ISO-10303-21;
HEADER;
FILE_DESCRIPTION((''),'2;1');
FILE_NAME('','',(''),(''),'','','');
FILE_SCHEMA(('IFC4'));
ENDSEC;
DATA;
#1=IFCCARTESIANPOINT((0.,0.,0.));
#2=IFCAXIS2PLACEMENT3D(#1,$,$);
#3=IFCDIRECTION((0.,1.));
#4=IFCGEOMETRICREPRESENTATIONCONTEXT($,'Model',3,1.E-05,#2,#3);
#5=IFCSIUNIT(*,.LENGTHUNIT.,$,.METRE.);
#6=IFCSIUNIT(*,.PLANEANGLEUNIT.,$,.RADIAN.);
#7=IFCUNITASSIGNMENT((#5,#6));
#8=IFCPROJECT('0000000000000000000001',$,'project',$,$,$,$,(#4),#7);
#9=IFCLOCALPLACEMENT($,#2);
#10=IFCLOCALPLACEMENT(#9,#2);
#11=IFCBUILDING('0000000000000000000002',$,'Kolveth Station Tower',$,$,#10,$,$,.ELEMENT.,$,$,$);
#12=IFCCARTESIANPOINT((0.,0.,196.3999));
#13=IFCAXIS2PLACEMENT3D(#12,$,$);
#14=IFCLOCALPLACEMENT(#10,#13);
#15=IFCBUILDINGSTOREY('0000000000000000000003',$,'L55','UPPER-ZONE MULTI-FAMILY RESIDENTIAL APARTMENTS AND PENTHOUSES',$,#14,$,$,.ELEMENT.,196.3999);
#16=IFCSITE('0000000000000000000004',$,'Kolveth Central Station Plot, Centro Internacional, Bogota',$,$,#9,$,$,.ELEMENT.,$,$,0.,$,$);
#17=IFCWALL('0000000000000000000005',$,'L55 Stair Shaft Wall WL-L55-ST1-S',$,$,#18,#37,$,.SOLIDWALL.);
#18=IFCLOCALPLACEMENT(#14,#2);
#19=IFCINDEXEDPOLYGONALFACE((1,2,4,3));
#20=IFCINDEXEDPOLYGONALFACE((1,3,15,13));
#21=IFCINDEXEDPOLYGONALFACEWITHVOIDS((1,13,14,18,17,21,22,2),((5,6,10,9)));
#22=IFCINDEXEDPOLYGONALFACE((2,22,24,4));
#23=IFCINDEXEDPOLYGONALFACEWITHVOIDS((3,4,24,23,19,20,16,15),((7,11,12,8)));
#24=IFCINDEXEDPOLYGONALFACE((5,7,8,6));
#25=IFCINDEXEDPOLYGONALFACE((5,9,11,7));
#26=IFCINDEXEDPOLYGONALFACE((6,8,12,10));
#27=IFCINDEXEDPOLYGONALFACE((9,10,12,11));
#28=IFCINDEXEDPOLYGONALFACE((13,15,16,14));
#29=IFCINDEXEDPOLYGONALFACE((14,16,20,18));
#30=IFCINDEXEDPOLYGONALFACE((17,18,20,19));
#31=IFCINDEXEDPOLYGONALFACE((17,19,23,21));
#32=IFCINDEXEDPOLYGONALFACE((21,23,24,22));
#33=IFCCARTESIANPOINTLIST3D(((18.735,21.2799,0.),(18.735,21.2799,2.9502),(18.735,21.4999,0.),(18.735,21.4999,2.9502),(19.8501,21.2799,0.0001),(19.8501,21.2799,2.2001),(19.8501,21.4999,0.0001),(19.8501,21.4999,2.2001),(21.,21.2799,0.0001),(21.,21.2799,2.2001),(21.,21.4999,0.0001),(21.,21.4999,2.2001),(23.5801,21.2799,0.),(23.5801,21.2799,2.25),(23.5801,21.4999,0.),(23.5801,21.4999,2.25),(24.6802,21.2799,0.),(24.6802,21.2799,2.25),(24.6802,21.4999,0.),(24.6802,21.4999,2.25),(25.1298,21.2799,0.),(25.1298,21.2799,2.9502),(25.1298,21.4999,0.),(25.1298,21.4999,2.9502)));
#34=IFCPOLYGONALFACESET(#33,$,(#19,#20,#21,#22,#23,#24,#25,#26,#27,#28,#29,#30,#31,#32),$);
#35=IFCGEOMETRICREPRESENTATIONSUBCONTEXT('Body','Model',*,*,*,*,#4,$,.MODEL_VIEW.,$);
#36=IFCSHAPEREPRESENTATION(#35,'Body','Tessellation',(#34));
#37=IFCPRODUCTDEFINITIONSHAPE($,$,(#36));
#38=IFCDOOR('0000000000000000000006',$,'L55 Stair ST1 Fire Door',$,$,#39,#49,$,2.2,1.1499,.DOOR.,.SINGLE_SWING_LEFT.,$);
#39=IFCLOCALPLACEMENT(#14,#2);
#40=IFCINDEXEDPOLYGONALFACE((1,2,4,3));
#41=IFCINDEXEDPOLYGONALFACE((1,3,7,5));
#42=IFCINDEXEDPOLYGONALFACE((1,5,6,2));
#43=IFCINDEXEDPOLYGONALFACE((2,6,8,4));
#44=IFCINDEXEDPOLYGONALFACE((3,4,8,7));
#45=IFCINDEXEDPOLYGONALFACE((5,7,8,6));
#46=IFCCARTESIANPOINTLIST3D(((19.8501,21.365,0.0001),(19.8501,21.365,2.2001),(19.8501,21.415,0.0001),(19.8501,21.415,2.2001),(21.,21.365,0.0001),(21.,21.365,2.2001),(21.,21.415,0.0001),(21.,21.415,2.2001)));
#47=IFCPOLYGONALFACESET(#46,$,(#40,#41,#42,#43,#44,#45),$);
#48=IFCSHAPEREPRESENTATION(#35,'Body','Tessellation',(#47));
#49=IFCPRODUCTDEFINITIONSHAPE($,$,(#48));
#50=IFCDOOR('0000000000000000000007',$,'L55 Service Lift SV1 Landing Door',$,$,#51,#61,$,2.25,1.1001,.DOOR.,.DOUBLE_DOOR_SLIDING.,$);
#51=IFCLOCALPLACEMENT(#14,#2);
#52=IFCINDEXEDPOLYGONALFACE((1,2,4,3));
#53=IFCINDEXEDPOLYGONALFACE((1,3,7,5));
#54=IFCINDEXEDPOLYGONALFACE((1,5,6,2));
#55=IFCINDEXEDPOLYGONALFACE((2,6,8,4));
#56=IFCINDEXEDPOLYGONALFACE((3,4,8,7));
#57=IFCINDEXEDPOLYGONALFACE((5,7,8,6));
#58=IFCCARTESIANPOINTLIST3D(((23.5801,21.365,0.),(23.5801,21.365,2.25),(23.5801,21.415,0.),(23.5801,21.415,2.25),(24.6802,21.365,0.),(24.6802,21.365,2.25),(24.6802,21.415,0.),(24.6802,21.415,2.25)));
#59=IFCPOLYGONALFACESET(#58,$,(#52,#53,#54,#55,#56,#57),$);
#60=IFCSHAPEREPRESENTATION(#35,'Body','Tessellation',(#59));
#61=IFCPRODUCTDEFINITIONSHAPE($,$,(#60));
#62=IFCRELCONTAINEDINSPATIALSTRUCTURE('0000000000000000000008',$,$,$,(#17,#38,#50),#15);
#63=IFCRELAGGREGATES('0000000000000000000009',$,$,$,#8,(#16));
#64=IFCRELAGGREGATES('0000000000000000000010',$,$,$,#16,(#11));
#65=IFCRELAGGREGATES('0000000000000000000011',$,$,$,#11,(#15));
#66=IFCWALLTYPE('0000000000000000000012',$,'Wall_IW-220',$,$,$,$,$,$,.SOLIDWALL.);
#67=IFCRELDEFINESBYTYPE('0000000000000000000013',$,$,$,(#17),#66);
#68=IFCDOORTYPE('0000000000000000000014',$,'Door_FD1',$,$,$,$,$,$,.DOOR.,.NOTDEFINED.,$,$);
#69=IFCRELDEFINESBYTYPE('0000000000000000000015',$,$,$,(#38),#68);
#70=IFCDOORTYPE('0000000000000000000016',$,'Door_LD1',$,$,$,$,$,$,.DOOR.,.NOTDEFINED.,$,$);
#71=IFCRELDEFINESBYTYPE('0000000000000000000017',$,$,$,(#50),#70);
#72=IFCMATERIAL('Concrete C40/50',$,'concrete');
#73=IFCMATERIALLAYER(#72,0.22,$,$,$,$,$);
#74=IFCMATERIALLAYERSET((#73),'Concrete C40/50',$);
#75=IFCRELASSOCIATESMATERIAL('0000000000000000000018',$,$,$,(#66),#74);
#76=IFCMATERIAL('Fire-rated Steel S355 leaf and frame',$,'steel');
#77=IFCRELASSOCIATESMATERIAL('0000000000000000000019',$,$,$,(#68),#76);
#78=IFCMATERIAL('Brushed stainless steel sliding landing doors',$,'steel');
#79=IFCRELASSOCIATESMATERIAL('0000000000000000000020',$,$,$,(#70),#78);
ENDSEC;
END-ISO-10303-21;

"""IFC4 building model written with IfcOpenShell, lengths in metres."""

from ifc_helpers import new_model, si_unit, direction, frame, frame_2d, origin, place, context, subcontext, project, spatial, rectangle, extrude, material, layer, layer_set, type_object, element, fill, save


model = new_model("IFC4")

# Units and contexts
model_context = context("Model", 3, precision=1e-05, world=origin(), true_north=direction((0.0, 1.0)))
body_context = subcontext(model_context, "Body", "Model", "MODEL_VIEW")
ifc_project = project(units=[si_unit("LENGTHUNIT", "METRE"), si_unit("PLANEANGLEUNIT", "RADIAN")], contexts=[model_context])

# Site, building, storey
site_placement = place(None, origin())
site = spatial("IfcSite", under=ifc_project, at=site_placement, Name="Kolveth Central Station Plot, Centro Internacional, Bogota", CompositionType="ELEMENT", RefElevation=0.0)
building_placement = place(site_placement, origin())
building = spatial("IfcBuilding", under=site, at=building_placement, Name="Kolveth Station Tower", CompositionType="ELEMENT")
storey_placement = place(building_placement, frame((0.0, 0.0, 196.3999)))
storey = spatial("IfcBuildingStorey", under=building, at=storey_placement, Name="L55", Description="UPPER-ZONE MULTI-FAMILY RESIDENTIAL APARTMENTS AND PENTHOUSES", CompositionType="ELEMENT", Elevation=196.3999)

# Wall, openings, doors
ifc_material_1 = material(Name="Concrete C40/50", Category="concrete")
ifc_layer_1 = layer(ifc_material_1, 0.22)
ifc_layer_set_1 = layer_set([ifc_layer_1], Name="Concrete C40/50")
wall_type_1 = type_object("IfcWallType", Name="Wall_IW-220", PredefinedType="SOLIDWALL", material=ifc_layer_set_1)
wall_1_placement = place(storey_placement, frame((18.7351, 21.3899, 0.0), z_axis=(0.0, 0.0, 1.0), x_axis=(1.0, 0.0, 0.0)))
wall_1 = element("IfcWall", 1, at=wall_1_placement, inside=storey, type_object=wall_type_1, Name="L55 Stair Shaft Wall WL-L55-ST1-S", PredefinedType="SOLIDWALL", context=body_context, shape_type="SweptSolid", body=[
    extrude(rectangle(XDim=6.3948, YDim=0.22, at=frame_2d((3.1973, 0.0))), origin(), (0.0, 0.0, 1.0), 2.9502),
])
opening_1_placement = place(wall_1_placement, frame((1.115, 0.0, 0.0)))
opening_1 = element("IfcOpeningElement", 2, at=opening_1_placement, cuts=wall_1, PredefinedType="OPENING", context=body_context, shape_type="SweptSolid", body=[
    extrude(rectangle(XDim=1.1499, YDim=2.2, at=frame_2d((0.575, 1.1001))), frame((0.0, 0.1199, 0.0), z_axis=(0.0, -1.0, 0.0), x_axis=(1.0, 0.0, 0.0)), (0.0, 0.0, 1.0), 0.24),
])
opening_2_placement = place(wall_1_placement, frame((4.845, 0.0, 0.0)))
opening_2 = element("IfcOpeningElement", 3, at=opening_2_placement, cuts=wall_1, PredefinedType="OPENING", context=body_context, shape_type="SweptSolid", body=[
    extrude(rectangle(XDim=1.1001, YDim=2.25, at=frame_2d((0.55, 1.125))), frame((0.0, 0.1199, 0.0), z_axis=(0.0, -1.0, 0.0), x_axis=(1.0, 0.0, 0.0)), (0.0, 0.0, 1.0), 0.24),
])
ifc_material_2 = material(Name="Fire-rated Steel S355 leaf and frame", Category="steel")
door_type_1 = type_object("IfcDoorType", Name="Door_FD1", OperationType="NOTDEFINED", PredefinedType="DOOR", material=ifc_material_2)
door_1_placement = place(opening_1_placement, frame((1.1499, 0.0, 0.0), z_axis=(0.0, 0.0, 1.0), x_axis=(-1.0, 0.0, 0.0)))
door_1 = element("IfcDoor", 4, at=door_1_placement, inside=storey, type_object=door_type_1, Name="L55 Stair ST1 Fire Door", OperationType="SINGLE_SWING_LEFT", OverallHeight=2.2, OverallWidth=1.1499, PredefinedType="DOOR", context=body_context, shape_type="SweptSolid", body=[
    extrude(rectangle(XDim=1.1499, YDim=2.2, at=frame_2d((0.575, 1.1001))), frame((0.0, 0.0249, 0.0), z_axis=(0.0, -1.0, 0.0), x_axis=(1.0, 0.0, 0.0)), (0.0, 0.0, 1.0), 0.05),
])
fill(opening_1, door_1)
ifc_material_3 = material(Name="Brushed stainless steel sliding landing doors", Category="steel")
door_type_2 = type_object("IfcDoorType", Name="Door_LD1", OperationType="NOTDEFINED", PredefinedType="DOOR", material=ifc_material_3)
door_2_placement = place(opening_2_placement, frame((1.1001, 0.0, 0.0), z_axis=(0.0, 0.0, 1.0), x_axis=(-1.0, 0.0, 0.0)))
door_2 = element("IfcDoor", 5, at=door_2_placement, inside=storey, type_object=door_type_2, Name="L55 Service Lift SV1 Landing Door", OperationType="DOUBLE_DOOR_SLIDING", OverallHeight=2.25, OverallWidth=1.1001, PredefinedType="DOOR", context=body_context, shape_type="SweptSolid", body=[
    extrude(rectangle(XDim=1.1001, YDim=2.25, at=frame_2d((0.55, 1.125))), frame((0.0, 0.0249, 0.0), z_axis=(0.0, -1.0, 0.0), x_axis=(1.0, 0.0, 0.0)), (0.0, 0.0, 1.0), 0.05),
])
fill(opening_2, door_2)

save(model, "model.ifc")
